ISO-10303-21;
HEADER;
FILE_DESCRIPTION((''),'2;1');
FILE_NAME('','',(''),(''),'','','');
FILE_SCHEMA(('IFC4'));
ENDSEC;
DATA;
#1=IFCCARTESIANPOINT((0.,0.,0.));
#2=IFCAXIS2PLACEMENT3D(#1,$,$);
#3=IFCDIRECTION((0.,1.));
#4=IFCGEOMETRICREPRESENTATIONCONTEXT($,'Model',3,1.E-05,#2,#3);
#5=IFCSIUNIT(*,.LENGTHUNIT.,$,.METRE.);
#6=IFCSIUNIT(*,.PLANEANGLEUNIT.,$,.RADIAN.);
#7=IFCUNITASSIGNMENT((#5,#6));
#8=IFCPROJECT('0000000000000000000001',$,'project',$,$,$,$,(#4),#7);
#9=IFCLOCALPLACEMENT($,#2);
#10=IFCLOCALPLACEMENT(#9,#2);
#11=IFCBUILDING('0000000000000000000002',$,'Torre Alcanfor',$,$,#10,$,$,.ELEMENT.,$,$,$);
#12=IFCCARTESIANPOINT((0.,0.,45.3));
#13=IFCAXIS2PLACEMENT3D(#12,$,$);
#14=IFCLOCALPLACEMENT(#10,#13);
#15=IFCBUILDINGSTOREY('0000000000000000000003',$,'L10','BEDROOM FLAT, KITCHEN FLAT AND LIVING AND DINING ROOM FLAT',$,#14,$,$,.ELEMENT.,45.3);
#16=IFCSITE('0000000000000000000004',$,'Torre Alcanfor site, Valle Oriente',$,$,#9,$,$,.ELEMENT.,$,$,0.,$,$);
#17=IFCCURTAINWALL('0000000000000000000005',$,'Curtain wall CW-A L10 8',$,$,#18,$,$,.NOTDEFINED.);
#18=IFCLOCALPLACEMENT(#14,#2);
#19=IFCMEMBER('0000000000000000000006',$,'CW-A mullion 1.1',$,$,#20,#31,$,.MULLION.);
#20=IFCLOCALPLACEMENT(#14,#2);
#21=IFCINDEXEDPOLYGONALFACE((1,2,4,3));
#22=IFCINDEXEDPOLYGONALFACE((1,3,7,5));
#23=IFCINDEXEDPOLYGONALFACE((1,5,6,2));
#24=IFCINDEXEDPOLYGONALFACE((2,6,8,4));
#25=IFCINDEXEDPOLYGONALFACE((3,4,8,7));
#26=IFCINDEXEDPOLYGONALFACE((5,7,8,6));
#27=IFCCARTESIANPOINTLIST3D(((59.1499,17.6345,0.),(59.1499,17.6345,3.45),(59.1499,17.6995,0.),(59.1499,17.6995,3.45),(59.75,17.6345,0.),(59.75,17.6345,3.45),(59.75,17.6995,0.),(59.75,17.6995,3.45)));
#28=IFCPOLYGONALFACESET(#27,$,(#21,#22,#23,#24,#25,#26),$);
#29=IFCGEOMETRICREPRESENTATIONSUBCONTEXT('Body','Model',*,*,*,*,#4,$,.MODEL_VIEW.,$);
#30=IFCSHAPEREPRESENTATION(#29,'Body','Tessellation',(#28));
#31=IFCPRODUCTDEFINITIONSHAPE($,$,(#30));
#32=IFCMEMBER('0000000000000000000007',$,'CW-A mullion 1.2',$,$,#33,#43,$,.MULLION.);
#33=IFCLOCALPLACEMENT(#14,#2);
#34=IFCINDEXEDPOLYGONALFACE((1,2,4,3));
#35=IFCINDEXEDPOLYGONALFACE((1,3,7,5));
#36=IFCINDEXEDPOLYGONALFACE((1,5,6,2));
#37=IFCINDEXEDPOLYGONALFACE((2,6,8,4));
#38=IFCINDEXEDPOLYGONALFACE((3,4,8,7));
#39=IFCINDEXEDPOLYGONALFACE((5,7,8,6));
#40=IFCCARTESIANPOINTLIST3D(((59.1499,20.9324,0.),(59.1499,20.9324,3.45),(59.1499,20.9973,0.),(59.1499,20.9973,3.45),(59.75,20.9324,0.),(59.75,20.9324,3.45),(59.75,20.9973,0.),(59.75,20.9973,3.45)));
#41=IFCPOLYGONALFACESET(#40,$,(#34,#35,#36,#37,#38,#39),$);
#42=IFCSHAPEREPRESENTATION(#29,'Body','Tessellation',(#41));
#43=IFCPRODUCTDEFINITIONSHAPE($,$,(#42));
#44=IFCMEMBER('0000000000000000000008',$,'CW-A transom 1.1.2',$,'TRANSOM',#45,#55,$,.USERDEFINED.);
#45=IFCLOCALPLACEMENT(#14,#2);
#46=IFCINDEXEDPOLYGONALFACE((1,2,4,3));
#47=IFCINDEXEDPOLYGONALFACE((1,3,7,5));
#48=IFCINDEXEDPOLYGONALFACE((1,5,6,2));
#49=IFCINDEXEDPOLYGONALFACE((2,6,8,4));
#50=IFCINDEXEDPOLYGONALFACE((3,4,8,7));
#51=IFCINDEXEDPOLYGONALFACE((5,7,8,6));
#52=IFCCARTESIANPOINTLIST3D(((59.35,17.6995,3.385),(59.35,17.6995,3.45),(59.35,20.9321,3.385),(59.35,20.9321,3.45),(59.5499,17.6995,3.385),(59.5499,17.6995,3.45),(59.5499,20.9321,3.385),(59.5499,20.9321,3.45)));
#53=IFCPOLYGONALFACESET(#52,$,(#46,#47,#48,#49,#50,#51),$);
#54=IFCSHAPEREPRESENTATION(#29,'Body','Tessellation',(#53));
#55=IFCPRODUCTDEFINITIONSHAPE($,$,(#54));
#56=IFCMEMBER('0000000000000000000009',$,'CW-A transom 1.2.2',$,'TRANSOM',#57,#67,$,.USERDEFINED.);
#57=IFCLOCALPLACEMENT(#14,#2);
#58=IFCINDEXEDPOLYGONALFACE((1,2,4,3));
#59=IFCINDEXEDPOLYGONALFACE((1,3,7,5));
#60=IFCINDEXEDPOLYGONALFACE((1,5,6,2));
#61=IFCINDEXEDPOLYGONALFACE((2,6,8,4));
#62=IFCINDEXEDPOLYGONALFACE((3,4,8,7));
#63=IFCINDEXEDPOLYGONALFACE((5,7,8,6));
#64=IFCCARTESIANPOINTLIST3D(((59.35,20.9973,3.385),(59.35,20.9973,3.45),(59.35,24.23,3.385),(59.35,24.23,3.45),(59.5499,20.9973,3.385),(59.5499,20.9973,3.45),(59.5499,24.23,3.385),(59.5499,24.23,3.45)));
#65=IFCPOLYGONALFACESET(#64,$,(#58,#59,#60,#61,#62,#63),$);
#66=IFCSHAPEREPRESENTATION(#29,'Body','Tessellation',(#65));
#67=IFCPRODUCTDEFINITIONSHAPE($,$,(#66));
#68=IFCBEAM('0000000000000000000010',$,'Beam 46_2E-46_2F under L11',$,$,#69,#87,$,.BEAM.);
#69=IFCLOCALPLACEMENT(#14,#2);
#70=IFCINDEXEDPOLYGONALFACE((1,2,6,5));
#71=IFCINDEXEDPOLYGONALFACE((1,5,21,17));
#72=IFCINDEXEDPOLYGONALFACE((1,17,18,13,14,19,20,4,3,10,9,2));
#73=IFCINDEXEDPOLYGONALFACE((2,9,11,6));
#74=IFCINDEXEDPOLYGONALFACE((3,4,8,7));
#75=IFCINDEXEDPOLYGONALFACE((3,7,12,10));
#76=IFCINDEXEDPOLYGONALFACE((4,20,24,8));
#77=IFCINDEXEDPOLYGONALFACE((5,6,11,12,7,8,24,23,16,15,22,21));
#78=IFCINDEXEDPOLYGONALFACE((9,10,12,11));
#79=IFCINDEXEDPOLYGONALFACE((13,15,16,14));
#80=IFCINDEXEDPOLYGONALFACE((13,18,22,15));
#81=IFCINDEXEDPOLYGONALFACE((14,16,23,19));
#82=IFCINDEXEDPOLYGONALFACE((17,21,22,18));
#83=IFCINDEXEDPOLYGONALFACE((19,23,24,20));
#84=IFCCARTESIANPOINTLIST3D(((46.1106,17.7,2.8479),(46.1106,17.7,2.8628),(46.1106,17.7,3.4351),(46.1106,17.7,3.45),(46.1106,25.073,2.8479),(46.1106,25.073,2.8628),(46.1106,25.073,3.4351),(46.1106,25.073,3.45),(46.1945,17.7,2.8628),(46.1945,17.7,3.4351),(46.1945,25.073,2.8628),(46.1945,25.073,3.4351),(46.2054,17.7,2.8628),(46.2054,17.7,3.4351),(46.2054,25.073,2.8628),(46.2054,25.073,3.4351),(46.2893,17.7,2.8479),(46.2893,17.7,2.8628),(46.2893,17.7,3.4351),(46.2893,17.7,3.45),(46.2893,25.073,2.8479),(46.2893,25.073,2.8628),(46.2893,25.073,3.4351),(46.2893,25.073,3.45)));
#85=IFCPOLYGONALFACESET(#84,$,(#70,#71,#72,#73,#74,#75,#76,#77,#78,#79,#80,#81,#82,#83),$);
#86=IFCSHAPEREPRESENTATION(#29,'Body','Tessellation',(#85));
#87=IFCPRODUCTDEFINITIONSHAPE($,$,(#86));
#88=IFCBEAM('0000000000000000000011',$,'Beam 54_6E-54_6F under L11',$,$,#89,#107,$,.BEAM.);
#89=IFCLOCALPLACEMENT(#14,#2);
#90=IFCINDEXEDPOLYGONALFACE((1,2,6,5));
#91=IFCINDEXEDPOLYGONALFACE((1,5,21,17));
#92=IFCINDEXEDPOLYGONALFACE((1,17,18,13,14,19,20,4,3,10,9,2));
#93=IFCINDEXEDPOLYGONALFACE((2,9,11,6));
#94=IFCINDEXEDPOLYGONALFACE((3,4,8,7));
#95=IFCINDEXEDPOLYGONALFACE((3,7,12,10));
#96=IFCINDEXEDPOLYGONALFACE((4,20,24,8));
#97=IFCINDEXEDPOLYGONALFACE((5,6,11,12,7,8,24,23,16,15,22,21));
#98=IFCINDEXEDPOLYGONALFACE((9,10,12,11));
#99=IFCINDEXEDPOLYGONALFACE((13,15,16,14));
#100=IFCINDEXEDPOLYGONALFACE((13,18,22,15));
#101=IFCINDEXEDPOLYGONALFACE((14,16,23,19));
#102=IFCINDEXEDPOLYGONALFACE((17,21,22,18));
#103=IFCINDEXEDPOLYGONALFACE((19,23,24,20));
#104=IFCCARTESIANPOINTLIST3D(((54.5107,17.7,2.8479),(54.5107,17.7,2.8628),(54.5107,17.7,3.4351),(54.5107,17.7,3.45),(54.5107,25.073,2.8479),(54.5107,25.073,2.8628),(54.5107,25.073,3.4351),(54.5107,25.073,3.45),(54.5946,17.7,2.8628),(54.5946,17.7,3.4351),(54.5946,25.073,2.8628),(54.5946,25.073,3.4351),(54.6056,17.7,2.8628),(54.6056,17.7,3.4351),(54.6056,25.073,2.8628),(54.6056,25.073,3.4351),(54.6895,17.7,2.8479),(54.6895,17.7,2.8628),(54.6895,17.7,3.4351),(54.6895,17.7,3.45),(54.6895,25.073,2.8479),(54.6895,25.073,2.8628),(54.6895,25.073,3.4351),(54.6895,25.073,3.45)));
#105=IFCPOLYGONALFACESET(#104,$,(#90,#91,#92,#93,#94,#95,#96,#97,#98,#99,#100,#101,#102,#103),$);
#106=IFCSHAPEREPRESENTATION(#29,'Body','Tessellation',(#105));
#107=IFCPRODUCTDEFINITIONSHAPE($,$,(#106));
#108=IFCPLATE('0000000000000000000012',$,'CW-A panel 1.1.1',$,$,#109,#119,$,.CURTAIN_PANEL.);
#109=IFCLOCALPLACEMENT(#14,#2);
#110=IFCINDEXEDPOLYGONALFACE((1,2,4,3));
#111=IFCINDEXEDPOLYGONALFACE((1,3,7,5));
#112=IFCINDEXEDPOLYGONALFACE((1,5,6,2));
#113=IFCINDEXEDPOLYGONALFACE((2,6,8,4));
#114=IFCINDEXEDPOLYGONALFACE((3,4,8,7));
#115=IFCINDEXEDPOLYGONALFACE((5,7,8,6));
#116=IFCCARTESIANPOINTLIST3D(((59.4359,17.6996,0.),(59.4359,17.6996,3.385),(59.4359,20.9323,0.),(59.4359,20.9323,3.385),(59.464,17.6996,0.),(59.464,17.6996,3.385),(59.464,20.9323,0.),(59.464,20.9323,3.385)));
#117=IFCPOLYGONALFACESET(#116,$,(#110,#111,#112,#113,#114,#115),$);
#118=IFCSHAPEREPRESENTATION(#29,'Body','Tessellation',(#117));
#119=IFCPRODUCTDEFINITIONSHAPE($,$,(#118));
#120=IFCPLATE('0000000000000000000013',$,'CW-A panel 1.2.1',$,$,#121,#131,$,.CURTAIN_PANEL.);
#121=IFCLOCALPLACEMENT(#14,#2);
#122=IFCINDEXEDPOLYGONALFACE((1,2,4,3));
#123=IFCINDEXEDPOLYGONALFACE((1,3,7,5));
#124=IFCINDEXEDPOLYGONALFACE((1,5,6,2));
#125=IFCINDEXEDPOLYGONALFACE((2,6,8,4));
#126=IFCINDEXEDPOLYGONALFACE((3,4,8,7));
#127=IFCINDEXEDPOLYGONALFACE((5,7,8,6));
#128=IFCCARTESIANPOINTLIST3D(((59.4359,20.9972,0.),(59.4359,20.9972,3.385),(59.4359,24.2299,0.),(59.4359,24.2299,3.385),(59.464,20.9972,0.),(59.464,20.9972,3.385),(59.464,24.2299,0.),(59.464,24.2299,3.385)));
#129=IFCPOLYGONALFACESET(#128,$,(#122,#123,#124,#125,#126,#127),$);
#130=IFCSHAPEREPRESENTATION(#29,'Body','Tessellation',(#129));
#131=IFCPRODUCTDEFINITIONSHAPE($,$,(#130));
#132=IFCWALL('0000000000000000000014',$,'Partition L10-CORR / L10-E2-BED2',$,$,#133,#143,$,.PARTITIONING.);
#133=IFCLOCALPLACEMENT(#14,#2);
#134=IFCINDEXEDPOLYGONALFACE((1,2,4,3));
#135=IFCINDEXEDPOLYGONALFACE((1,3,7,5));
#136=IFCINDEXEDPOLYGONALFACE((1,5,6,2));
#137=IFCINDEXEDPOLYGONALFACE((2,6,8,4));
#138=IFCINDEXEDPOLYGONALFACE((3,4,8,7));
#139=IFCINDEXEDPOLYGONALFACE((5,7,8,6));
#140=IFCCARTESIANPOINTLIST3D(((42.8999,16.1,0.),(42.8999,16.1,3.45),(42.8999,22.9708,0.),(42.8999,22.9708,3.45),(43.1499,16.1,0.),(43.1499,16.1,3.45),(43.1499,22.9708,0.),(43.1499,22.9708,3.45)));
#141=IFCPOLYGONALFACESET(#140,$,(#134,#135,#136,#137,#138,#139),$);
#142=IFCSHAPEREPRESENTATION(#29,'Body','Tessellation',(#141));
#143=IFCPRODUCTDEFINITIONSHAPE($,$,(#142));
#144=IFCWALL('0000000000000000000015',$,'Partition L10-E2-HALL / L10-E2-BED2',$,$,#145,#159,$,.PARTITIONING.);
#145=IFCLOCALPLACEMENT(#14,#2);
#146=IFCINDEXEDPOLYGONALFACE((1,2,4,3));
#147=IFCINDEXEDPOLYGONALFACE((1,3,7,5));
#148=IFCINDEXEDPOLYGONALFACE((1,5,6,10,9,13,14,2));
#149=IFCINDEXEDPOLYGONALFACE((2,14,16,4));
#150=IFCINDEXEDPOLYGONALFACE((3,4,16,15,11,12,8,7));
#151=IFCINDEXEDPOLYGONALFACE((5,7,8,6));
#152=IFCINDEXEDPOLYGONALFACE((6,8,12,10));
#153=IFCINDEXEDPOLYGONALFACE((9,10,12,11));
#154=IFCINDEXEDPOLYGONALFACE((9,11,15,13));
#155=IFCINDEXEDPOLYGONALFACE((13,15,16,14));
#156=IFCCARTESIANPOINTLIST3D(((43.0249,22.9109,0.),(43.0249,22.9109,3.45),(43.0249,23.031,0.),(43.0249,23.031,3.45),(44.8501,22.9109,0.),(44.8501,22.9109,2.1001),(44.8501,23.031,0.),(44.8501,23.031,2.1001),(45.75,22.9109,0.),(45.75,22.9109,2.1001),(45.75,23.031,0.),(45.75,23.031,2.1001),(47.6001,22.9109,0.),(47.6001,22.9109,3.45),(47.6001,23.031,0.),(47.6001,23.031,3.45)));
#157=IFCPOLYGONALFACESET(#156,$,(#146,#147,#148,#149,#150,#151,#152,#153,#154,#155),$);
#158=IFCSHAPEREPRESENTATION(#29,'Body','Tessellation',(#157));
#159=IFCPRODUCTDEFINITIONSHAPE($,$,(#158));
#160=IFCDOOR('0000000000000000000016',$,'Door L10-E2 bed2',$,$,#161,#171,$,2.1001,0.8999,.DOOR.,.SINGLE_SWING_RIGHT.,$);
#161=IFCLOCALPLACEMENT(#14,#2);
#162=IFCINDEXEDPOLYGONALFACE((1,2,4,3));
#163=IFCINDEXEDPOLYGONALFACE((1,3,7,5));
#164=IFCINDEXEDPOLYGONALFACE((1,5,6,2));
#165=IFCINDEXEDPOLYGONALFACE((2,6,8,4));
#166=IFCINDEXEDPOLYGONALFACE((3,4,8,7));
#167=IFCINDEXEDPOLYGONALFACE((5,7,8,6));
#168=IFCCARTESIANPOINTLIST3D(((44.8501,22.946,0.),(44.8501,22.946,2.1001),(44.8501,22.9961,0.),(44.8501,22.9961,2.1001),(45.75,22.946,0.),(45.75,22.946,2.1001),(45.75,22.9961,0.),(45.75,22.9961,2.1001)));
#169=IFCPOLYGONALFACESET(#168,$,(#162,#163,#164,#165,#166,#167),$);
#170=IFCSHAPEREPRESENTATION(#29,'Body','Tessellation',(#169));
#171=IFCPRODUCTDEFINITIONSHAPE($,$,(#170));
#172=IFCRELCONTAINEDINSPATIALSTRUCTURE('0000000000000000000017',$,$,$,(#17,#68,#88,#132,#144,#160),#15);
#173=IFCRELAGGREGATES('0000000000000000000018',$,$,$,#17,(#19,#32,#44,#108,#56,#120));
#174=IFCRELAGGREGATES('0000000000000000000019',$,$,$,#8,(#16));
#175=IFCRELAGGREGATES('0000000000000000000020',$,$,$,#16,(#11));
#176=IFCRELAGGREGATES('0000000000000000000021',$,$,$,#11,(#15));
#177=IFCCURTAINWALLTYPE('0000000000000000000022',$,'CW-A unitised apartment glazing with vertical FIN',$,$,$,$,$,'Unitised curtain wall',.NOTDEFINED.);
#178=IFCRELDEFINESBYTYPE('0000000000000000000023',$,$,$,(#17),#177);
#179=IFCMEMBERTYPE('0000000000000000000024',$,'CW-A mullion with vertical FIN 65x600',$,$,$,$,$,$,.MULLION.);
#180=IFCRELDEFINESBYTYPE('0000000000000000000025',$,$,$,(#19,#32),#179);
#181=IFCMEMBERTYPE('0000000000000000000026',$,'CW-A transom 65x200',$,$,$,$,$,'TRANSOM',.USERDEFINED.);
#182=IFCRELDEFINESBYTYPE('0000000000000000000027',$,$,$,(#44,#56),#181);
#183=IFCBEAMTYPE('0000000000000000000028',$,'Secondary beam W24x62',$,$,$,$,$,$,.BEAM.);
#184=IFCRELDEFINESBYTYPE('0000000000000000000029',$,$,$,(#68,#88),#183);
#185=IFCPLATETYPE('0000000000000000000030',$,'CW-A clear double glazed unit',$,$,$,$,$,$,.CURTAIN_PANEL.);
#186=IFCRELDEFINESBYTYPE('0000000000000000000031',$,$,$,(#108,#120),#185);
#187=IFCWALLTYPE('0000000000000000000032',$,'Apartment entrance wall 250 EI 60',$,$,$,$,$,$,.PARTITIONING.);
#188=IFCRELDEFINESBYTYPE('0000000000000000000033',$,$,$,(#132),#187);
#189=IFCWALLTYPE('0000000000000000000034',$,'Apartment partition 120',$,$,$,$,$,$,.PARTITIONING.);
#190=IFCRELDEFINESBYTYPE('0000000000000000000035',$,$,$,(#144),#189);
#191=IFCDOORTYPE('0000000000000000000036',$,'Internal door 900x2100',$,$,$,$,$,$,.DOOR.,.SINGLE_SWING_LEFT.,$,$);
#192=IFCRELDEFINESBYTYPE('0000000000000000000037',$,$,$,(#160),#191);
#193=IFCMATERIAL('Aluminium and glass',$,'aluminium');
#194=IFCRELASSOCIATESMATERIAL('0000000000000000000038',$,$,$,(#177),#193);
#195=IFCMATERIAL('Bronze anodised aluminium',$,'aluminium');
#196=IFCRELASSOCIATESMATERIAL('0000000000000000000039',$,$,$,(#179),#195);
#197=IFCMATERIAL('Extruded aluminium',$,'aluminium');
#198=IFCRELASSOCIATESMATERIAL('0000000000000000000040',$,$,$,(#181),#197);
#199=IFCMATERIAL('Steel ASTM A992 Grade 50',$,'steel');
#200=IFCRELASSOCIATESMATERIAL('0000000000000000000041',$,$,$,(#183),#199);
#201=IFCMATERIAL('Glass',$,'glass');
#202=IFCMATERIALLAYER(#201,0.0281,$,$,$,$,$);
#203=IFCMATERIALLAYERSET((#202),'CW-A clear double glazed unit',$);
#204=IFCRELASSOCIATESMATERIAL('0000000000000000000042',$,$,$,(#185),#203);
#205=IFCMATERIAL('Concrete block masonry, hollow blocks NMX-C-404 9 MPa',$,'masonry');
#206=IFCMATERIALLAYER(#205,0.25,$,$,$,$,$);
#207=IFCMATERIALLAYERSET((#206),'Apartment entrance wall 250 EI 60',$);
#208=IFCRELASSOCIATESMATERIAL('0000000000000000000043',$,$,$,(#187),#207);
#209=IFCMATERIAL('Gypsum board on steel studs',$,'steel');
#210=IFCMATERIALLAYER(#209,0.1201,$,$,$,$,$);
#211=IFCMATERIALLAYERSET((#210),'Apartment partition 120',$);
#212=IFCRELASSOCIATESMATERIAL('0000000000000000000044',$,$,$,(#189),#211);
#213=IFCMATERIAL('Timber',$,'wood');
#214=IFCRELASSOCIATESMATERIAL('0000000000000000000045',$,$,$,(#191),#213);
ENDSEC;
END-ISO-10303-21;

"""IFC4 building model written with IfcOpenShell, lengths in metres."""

from ifc_helpers import new_model, si_unit, direction, frame, frame_2d, origin, origin_2d, place, context, subcontext, project, spatial, rectangle, i_section, extrude, material, layer, layer_set, material_profile, profile_set, type_object, element, fill, aggregate, save


model = new_model("IFC4")

# Units and contexts
model_context = context("Model", 3, precision=1e-05, world=origin(), true_north=direction((0.0, 1.0)))
body_context = subcontext(model_context, "Body", "Model", "MODEL_VIEW")
ifc_project = project(units=[si_unit("LENGTHUNIT", "METRE"), si_unit("PLANEANGLEUNIT", "RADIAN")], contexts=[model_context])

# Site, building, storey
site_placement = place(None, origin())
site = spatial("IfcSite", under=ifc_project, at=site_placement, Name="Torre Alcanfor site, Valle Oriente", CompositionType="ELEMENT", RefElevation=0.0)
building_placement = place(site_placement, origin())
building = spatial("IfcBuilding", under=site, at=building_placement, Name="Torre Alcanfor", CompositionType="ELEMENT")
storey_placement = place(building_placement, frame((0.0, 0.0, 45.3)))
storey = spatial("IfcBuildingStorey", under=building, at=storey_placement, Name="L10", Description="BEDROOM FLAT, KITCHEN FLAT AND LIVING AND DINING ROOM FLAT", CompositionType="ELEMENT", Elevation=45.3)

# Curtain wall, members
ifc_material_1 = material(Name="Aluminium and glass", Category="aluminium")
curtain_wall_type = type_object("IfcCurtainWallType", Name="CW-A unitised apartment glazing with vertical FIN", ElementType="Unitised curtain wall", PredefinedType="NOTDEFINED", material=ifc_material_1)
curtain_wall_placement = place(storey_placement, origin())
curtain_wall = element("IfcCurtainWall", 1, at=curtain_wall_placement, inside=storey, type_object=curtain_wall_type, Name="Curtain wall CW-A L10 8", PredefinedType="NOTDEFINED")
ifc_material_2 = material(Name="Bronze anodised aluminium", Category="aluminium")
ifc_material_profile_1 = material_profile(ifc_material_2, rectangle(XDim=0.6001, YDim=0.0649, at=origin_2d()), Name="CW-A mullion 65x600")
ifc_profile_set_1 = profile_set([ifc_material_profile_1], Name="Bronze anodised aluminium")
member_type_1 = type_object("IfcMemberType", Name="CW-A mullion with vertical FIN 65x600", PredefinedType="MULLION", material=ifc_profile_set_1)
member_1_placement = place(storey_placement, frame((59.45, 17.667, 0.0), z_axis=(0.0, 0.0, 1.0), x_axis=(-1.0, 0.0, 0.0)))
member_1 = element("IfcMember", 2, at=member_1_placement, type_object=member_type_1, Name="CW-A mullion 1.1", PredefinedType="MULLION", context=body_context, shape_type="SweptSolid", body=[
    extrude(rectangle(XDim=0.6001, YDim=0.0649, at=origin_2d()), origin(), (0.0, 0.0, 1.0), 3.45),
])
member_2_placement = place(storey_placement, frame((59.45, 20.9648, 0.0), z_axis=(0.0, 0.0, 1.0), x_axis=(-1.0, 0.0, 0.0)))
member_2 = element("IfcMember", 3, at=member_2_placement, type_object=member_type_1, Name="CW-A mullion 1.2", PredefinedType="MULLION", context=body_context, shape_type="SweptSolid", body=[
    extrude(rectangle(XDim=0.6001, YDim=0.0649, at=origin_2d()), origin(), (0.0, 0.0, 1.0), 3.45),
])
ifc_material_3 = material(Name="Extruded aluminium", Category="aluminium")
ifc_material_profile_2 = material_profile(ifc_material_3, rectangle(XDim=0.2, YDim=0.0649, at=origin_2d()), Name="CW-A transom 200x65")
ifc_profile_set_2 = profile_set([ifc_material_profile_2], Name="Extruded aluminium")
member_type_2 = type_object("IfcMemberType", Name="CW-A transom 65x200", ElementType="TRANSOM", PredefinedType="USERDEFINED", material=ifc_profile_set_2)
member_3_placement = place(storey_placement, frame((59.45, 17.6995, 3.4175), z_axis=(0.0, 1.0, 0.0), x_axis=(-1.0, 0.0, 0.0)))
member_3 = element("IfcMember", 4, at=member_3_placement, type_object=member_type_2, Name="CW-A transom 1.1.2", ObjectType="TRANSOM", PredefinedType="USERDEFINED", context=body_context, shape_type="SweptSolid", body=[
    extrude(rectangle(XDim=0.2, YDim=0.0649, at=origin_2d()), origin(), (0.0, 0.0, 1.0), 3.2327),
])
member_4_placement = place(storey_placement, frame((59.45, 20.9973, 3.4175), z_axis=(0.0, 1.0, 0.0), x_axis=(-1.0, 0.0, 0.0)))
member_4 = element("IfcMember", 5, at=member_4_placement, type_object=member_type_2, Name="CW-A transom 1.2.2", ObjectType="TRANSOM", PredefinedType="USERDEFINED", context=body_context, shape_type="SweptSolid", body=[
    extrude(rectangle(XDim=0.2, YDim=0.0649, at=origin_2d()), origin(), (0.0, 0.0, 1.0), 3.2327),
])

# Beams
ifc_material_4 = material(Name="Steel ASTM A992 Grade 50", Category="steel")
ifc_material_profile_3 = material_profile(ifc_material_4, i_section(OverallWidth=0.1787, OverallDepth=0.6021, WebThickness=0.011, FlangeThickness=0.0149, at=origin_2d()), Name="W24x62")
ifc_profile_set_3 = profile_set([ifc_material_profile_3], Name="Steel ASTM A992 Grade 50")
beam_type = type_object("IfcBeamType", Name="Secondary beam W24x62", PredefinedType="BEAM", material=ifc_profile_set_3)
for number, where, z_axis, x_axis, name in (
    (6, (46.2, 17.7, 3.1489), (0.0, 1.0, 0.0), (-1.0, 0.0, 0.0), "Beam 46_2E-46_2F under L11"),
    (7, (54.6001, 17.7, 3.1489), (0.0, 1.0, 0.0), (-1.0, 0.0, 0.0), "Beam 54_6E-54_6F under L11"),
):
    element("IfcBeam", number, at=place(storey_placement, frame(where, z_axis=z_axis, x_axis=x_axis)), inside=storey, type_object=beam_type, Name=name, PredefinedType="BEAM", context=body_context, shape_type="SweptSolid", body=[
        extrude(i_section(OverallWidth=0.1787, OverallDepth=0.6021, WebThickness=0.011, FlangeThickness=0.0149, at=origin_2d()), origin(), (0.0, 0.0, 1.0), 7.373),
    ])

# Plates
ifc_material_5 = material(Name="Glass", Category="glass")
ifc_layer_1 = layer(ifc_material_5, 0.0281)
ifc_layer_set_1 = layer_set([ifc_layer_1], Name="CW-A clear double glazed unit")
plate_type = type_object("IfcPlateType", Name="CW-A clear double glazed unit", PredefinedType="CURTAIN_PANEL", material=ifc_layer_set_1)
plate_1_placement = place(storey_placement, frame((59.45, 19.3159, 0.0), z_axis=(0.0, 0.0, 1.0), x_axis=(0.0, 1.0, 0.0)))
plate_1 = element("IfcPlate", 8, at=plate_1_placement, type_object=plate_type, Name="CW-A panel 1.1.1", PredefinedType="CURTAIN_PANEL", context=body_context, shape_type="SweptSolid", body=[
    extrude(rectangle(XDim=3.2327, YDim=0.0281, at=origin_2d()), origin(), (0.0, 0.0, 1.0), 3.385),
])
plate_2_placement = place(storey_placement, frame((59.45, 22.6135, 0.0), z_axis=(0.0, 0.0, 1.0), x_axis=(0.0, 1.0, 0.0)))
plate_2 = element("IfcPlate", 9, at=plate_2_placement, type_object=plate_type, Name="CW-A panel 1.2.1", PredefinedType="CURTAIN_PANEL", context=body_context, shape_type="SweptSolid", body=[
    extrude(rectangle(XDim=3.2327, YDim=0.0281, at=origin_2d()), origin(), (0.0, 0.0, 1.0), 3.385),
])
aggregate(curtain_wall, [member_1, member_2, member_3, plate_1, member_4, plate_2])

# Wall
ifc_material_6 = material(Name="Concrete block masonry, hollow blocks NMX-C-404 9 MPa", Category="masonry")
ifc_layer_2 = layer(ifc_material_6, 0.25)
ifc_layer_set_2 = layer_set([ifc_layer_2], Name="Apartment entrance wall 250 EI 60")
wall_type_1 = type_object("IfcWallType", Name="Apartment entrance wall 250 EI 60", PredefinedType="PARTITIONING", material=ifc_layer_set_2)
wall_1_placement = place(storey_placement, frame((43.0249, 22.9709, 0.0), z_axis=(0.0, 0.0, 1.0), x_axis=(0.0, -1.0, 0.0)))
element("IfcWall", 10, at=wall_1_placement, inside=storey, type_object=wall_type_1, Name="Partition L10-CORR / L10-E2-BED2", PredefinedType="PARTITIONING", context=body_context, shape_type="SweptSolid", body=[
    extrude(rectangle(XDim=6.8708, YDim=0.25, at=frame_2d((3.4355, 0.0))), origin(), (0.0, 0.0, 1.0), 3.45),
])

# Wall, opening, door
ifc_material_7 = material(Name="Gypsum board on steel studs", Category="steel")
ifc_layer_3 = layer(ifc_material_7, 0.1201)
ifc_layer_set_3 = layer_set([ifc_layer_3], Name="Apartment partition 120")
wall_type_2 = type_object("IfcWallType", Name="Apartment partition 120", PredefinedType="PARTITIONING", material=ifc_layer_set_3)
wall_2_placement = place(storey_placement, frame((47.6001, 22.9709, 0.0), z_axis=(0.0, 0.0, 1.0), x_axis=(-1.0, 0.0, 0.0)))
wall_2 = element("IfcWall", 11, at=wall_2_placement, inside=storey, type_object=wall_type_2, Name="Partition L10-E2-HALL / L10-E2-BED2", PredefinedType="PARTITIONING", context=body_context, shape_type="SweptSolid", body=[
    extrude(rectangle(XDim=4.5752, YDim=0.1201, at=frame_2d((2.2876, 0.0))), origin(), (0.0, 0.0, 1.0), 3.45),
])
opening_1_placement = place(wall_2_placement, frame((1.8501, 0.0, 0.0)))
opening_1 = element("IfcOpeningElement", 12, at=opening_1_placement, cuts=wall_2, PredefinedType="OPENING", context=body_context, shape_type="SweptSolid", body=[
    extrude(rectangle(XDim=0.8999, YDim=2.1001, at=frame_2d((0.45, 1.05))), frame((0.0, 0.0701, 0.0), z_axis=(0.0, -1.0, 0.0), x_axis=(1.0, 0.0, 0.0)), (0.0, 0.0, 1.0), 0.1401),
])
ifc_material_8 = material(Name="Timber", Category="wood")
door_type_1 = type_object("IfcDoorType", Name="Internal door 900x2100", OperationType="SINGLE_SWING_LEFT", PredefinedType="DOOR", material=ifc_material_8)
door_1_placement = place(opening_1_placement, origin())
door_1 = element("IfcDoor", 13, at=door_1_placement, inside=storey, type_object=door_type_1, Name="Door L10-E2 bed2", OperationType="SINGLE_SWING_RIGHT", OverallHeight=2.1001, OverallWidth=0.8999, PredefinedType="DOOR", context=body_context, shape_type="SweptSolid", body=[
    extrude(rectangle(XDim=0.8999, YDim=2.1001, at=frame_2d((0.45, 1.05))), frame((0.0, 0.0249, 0.0), z_axis=(0.0, -1.0, 0.0), x_axis=(1.0, 0.0, 0.0)), (0.0, 0.0, 1.0), 0.05),
])
fill(opening_1, door_1)

save(model, "model.ifc")
